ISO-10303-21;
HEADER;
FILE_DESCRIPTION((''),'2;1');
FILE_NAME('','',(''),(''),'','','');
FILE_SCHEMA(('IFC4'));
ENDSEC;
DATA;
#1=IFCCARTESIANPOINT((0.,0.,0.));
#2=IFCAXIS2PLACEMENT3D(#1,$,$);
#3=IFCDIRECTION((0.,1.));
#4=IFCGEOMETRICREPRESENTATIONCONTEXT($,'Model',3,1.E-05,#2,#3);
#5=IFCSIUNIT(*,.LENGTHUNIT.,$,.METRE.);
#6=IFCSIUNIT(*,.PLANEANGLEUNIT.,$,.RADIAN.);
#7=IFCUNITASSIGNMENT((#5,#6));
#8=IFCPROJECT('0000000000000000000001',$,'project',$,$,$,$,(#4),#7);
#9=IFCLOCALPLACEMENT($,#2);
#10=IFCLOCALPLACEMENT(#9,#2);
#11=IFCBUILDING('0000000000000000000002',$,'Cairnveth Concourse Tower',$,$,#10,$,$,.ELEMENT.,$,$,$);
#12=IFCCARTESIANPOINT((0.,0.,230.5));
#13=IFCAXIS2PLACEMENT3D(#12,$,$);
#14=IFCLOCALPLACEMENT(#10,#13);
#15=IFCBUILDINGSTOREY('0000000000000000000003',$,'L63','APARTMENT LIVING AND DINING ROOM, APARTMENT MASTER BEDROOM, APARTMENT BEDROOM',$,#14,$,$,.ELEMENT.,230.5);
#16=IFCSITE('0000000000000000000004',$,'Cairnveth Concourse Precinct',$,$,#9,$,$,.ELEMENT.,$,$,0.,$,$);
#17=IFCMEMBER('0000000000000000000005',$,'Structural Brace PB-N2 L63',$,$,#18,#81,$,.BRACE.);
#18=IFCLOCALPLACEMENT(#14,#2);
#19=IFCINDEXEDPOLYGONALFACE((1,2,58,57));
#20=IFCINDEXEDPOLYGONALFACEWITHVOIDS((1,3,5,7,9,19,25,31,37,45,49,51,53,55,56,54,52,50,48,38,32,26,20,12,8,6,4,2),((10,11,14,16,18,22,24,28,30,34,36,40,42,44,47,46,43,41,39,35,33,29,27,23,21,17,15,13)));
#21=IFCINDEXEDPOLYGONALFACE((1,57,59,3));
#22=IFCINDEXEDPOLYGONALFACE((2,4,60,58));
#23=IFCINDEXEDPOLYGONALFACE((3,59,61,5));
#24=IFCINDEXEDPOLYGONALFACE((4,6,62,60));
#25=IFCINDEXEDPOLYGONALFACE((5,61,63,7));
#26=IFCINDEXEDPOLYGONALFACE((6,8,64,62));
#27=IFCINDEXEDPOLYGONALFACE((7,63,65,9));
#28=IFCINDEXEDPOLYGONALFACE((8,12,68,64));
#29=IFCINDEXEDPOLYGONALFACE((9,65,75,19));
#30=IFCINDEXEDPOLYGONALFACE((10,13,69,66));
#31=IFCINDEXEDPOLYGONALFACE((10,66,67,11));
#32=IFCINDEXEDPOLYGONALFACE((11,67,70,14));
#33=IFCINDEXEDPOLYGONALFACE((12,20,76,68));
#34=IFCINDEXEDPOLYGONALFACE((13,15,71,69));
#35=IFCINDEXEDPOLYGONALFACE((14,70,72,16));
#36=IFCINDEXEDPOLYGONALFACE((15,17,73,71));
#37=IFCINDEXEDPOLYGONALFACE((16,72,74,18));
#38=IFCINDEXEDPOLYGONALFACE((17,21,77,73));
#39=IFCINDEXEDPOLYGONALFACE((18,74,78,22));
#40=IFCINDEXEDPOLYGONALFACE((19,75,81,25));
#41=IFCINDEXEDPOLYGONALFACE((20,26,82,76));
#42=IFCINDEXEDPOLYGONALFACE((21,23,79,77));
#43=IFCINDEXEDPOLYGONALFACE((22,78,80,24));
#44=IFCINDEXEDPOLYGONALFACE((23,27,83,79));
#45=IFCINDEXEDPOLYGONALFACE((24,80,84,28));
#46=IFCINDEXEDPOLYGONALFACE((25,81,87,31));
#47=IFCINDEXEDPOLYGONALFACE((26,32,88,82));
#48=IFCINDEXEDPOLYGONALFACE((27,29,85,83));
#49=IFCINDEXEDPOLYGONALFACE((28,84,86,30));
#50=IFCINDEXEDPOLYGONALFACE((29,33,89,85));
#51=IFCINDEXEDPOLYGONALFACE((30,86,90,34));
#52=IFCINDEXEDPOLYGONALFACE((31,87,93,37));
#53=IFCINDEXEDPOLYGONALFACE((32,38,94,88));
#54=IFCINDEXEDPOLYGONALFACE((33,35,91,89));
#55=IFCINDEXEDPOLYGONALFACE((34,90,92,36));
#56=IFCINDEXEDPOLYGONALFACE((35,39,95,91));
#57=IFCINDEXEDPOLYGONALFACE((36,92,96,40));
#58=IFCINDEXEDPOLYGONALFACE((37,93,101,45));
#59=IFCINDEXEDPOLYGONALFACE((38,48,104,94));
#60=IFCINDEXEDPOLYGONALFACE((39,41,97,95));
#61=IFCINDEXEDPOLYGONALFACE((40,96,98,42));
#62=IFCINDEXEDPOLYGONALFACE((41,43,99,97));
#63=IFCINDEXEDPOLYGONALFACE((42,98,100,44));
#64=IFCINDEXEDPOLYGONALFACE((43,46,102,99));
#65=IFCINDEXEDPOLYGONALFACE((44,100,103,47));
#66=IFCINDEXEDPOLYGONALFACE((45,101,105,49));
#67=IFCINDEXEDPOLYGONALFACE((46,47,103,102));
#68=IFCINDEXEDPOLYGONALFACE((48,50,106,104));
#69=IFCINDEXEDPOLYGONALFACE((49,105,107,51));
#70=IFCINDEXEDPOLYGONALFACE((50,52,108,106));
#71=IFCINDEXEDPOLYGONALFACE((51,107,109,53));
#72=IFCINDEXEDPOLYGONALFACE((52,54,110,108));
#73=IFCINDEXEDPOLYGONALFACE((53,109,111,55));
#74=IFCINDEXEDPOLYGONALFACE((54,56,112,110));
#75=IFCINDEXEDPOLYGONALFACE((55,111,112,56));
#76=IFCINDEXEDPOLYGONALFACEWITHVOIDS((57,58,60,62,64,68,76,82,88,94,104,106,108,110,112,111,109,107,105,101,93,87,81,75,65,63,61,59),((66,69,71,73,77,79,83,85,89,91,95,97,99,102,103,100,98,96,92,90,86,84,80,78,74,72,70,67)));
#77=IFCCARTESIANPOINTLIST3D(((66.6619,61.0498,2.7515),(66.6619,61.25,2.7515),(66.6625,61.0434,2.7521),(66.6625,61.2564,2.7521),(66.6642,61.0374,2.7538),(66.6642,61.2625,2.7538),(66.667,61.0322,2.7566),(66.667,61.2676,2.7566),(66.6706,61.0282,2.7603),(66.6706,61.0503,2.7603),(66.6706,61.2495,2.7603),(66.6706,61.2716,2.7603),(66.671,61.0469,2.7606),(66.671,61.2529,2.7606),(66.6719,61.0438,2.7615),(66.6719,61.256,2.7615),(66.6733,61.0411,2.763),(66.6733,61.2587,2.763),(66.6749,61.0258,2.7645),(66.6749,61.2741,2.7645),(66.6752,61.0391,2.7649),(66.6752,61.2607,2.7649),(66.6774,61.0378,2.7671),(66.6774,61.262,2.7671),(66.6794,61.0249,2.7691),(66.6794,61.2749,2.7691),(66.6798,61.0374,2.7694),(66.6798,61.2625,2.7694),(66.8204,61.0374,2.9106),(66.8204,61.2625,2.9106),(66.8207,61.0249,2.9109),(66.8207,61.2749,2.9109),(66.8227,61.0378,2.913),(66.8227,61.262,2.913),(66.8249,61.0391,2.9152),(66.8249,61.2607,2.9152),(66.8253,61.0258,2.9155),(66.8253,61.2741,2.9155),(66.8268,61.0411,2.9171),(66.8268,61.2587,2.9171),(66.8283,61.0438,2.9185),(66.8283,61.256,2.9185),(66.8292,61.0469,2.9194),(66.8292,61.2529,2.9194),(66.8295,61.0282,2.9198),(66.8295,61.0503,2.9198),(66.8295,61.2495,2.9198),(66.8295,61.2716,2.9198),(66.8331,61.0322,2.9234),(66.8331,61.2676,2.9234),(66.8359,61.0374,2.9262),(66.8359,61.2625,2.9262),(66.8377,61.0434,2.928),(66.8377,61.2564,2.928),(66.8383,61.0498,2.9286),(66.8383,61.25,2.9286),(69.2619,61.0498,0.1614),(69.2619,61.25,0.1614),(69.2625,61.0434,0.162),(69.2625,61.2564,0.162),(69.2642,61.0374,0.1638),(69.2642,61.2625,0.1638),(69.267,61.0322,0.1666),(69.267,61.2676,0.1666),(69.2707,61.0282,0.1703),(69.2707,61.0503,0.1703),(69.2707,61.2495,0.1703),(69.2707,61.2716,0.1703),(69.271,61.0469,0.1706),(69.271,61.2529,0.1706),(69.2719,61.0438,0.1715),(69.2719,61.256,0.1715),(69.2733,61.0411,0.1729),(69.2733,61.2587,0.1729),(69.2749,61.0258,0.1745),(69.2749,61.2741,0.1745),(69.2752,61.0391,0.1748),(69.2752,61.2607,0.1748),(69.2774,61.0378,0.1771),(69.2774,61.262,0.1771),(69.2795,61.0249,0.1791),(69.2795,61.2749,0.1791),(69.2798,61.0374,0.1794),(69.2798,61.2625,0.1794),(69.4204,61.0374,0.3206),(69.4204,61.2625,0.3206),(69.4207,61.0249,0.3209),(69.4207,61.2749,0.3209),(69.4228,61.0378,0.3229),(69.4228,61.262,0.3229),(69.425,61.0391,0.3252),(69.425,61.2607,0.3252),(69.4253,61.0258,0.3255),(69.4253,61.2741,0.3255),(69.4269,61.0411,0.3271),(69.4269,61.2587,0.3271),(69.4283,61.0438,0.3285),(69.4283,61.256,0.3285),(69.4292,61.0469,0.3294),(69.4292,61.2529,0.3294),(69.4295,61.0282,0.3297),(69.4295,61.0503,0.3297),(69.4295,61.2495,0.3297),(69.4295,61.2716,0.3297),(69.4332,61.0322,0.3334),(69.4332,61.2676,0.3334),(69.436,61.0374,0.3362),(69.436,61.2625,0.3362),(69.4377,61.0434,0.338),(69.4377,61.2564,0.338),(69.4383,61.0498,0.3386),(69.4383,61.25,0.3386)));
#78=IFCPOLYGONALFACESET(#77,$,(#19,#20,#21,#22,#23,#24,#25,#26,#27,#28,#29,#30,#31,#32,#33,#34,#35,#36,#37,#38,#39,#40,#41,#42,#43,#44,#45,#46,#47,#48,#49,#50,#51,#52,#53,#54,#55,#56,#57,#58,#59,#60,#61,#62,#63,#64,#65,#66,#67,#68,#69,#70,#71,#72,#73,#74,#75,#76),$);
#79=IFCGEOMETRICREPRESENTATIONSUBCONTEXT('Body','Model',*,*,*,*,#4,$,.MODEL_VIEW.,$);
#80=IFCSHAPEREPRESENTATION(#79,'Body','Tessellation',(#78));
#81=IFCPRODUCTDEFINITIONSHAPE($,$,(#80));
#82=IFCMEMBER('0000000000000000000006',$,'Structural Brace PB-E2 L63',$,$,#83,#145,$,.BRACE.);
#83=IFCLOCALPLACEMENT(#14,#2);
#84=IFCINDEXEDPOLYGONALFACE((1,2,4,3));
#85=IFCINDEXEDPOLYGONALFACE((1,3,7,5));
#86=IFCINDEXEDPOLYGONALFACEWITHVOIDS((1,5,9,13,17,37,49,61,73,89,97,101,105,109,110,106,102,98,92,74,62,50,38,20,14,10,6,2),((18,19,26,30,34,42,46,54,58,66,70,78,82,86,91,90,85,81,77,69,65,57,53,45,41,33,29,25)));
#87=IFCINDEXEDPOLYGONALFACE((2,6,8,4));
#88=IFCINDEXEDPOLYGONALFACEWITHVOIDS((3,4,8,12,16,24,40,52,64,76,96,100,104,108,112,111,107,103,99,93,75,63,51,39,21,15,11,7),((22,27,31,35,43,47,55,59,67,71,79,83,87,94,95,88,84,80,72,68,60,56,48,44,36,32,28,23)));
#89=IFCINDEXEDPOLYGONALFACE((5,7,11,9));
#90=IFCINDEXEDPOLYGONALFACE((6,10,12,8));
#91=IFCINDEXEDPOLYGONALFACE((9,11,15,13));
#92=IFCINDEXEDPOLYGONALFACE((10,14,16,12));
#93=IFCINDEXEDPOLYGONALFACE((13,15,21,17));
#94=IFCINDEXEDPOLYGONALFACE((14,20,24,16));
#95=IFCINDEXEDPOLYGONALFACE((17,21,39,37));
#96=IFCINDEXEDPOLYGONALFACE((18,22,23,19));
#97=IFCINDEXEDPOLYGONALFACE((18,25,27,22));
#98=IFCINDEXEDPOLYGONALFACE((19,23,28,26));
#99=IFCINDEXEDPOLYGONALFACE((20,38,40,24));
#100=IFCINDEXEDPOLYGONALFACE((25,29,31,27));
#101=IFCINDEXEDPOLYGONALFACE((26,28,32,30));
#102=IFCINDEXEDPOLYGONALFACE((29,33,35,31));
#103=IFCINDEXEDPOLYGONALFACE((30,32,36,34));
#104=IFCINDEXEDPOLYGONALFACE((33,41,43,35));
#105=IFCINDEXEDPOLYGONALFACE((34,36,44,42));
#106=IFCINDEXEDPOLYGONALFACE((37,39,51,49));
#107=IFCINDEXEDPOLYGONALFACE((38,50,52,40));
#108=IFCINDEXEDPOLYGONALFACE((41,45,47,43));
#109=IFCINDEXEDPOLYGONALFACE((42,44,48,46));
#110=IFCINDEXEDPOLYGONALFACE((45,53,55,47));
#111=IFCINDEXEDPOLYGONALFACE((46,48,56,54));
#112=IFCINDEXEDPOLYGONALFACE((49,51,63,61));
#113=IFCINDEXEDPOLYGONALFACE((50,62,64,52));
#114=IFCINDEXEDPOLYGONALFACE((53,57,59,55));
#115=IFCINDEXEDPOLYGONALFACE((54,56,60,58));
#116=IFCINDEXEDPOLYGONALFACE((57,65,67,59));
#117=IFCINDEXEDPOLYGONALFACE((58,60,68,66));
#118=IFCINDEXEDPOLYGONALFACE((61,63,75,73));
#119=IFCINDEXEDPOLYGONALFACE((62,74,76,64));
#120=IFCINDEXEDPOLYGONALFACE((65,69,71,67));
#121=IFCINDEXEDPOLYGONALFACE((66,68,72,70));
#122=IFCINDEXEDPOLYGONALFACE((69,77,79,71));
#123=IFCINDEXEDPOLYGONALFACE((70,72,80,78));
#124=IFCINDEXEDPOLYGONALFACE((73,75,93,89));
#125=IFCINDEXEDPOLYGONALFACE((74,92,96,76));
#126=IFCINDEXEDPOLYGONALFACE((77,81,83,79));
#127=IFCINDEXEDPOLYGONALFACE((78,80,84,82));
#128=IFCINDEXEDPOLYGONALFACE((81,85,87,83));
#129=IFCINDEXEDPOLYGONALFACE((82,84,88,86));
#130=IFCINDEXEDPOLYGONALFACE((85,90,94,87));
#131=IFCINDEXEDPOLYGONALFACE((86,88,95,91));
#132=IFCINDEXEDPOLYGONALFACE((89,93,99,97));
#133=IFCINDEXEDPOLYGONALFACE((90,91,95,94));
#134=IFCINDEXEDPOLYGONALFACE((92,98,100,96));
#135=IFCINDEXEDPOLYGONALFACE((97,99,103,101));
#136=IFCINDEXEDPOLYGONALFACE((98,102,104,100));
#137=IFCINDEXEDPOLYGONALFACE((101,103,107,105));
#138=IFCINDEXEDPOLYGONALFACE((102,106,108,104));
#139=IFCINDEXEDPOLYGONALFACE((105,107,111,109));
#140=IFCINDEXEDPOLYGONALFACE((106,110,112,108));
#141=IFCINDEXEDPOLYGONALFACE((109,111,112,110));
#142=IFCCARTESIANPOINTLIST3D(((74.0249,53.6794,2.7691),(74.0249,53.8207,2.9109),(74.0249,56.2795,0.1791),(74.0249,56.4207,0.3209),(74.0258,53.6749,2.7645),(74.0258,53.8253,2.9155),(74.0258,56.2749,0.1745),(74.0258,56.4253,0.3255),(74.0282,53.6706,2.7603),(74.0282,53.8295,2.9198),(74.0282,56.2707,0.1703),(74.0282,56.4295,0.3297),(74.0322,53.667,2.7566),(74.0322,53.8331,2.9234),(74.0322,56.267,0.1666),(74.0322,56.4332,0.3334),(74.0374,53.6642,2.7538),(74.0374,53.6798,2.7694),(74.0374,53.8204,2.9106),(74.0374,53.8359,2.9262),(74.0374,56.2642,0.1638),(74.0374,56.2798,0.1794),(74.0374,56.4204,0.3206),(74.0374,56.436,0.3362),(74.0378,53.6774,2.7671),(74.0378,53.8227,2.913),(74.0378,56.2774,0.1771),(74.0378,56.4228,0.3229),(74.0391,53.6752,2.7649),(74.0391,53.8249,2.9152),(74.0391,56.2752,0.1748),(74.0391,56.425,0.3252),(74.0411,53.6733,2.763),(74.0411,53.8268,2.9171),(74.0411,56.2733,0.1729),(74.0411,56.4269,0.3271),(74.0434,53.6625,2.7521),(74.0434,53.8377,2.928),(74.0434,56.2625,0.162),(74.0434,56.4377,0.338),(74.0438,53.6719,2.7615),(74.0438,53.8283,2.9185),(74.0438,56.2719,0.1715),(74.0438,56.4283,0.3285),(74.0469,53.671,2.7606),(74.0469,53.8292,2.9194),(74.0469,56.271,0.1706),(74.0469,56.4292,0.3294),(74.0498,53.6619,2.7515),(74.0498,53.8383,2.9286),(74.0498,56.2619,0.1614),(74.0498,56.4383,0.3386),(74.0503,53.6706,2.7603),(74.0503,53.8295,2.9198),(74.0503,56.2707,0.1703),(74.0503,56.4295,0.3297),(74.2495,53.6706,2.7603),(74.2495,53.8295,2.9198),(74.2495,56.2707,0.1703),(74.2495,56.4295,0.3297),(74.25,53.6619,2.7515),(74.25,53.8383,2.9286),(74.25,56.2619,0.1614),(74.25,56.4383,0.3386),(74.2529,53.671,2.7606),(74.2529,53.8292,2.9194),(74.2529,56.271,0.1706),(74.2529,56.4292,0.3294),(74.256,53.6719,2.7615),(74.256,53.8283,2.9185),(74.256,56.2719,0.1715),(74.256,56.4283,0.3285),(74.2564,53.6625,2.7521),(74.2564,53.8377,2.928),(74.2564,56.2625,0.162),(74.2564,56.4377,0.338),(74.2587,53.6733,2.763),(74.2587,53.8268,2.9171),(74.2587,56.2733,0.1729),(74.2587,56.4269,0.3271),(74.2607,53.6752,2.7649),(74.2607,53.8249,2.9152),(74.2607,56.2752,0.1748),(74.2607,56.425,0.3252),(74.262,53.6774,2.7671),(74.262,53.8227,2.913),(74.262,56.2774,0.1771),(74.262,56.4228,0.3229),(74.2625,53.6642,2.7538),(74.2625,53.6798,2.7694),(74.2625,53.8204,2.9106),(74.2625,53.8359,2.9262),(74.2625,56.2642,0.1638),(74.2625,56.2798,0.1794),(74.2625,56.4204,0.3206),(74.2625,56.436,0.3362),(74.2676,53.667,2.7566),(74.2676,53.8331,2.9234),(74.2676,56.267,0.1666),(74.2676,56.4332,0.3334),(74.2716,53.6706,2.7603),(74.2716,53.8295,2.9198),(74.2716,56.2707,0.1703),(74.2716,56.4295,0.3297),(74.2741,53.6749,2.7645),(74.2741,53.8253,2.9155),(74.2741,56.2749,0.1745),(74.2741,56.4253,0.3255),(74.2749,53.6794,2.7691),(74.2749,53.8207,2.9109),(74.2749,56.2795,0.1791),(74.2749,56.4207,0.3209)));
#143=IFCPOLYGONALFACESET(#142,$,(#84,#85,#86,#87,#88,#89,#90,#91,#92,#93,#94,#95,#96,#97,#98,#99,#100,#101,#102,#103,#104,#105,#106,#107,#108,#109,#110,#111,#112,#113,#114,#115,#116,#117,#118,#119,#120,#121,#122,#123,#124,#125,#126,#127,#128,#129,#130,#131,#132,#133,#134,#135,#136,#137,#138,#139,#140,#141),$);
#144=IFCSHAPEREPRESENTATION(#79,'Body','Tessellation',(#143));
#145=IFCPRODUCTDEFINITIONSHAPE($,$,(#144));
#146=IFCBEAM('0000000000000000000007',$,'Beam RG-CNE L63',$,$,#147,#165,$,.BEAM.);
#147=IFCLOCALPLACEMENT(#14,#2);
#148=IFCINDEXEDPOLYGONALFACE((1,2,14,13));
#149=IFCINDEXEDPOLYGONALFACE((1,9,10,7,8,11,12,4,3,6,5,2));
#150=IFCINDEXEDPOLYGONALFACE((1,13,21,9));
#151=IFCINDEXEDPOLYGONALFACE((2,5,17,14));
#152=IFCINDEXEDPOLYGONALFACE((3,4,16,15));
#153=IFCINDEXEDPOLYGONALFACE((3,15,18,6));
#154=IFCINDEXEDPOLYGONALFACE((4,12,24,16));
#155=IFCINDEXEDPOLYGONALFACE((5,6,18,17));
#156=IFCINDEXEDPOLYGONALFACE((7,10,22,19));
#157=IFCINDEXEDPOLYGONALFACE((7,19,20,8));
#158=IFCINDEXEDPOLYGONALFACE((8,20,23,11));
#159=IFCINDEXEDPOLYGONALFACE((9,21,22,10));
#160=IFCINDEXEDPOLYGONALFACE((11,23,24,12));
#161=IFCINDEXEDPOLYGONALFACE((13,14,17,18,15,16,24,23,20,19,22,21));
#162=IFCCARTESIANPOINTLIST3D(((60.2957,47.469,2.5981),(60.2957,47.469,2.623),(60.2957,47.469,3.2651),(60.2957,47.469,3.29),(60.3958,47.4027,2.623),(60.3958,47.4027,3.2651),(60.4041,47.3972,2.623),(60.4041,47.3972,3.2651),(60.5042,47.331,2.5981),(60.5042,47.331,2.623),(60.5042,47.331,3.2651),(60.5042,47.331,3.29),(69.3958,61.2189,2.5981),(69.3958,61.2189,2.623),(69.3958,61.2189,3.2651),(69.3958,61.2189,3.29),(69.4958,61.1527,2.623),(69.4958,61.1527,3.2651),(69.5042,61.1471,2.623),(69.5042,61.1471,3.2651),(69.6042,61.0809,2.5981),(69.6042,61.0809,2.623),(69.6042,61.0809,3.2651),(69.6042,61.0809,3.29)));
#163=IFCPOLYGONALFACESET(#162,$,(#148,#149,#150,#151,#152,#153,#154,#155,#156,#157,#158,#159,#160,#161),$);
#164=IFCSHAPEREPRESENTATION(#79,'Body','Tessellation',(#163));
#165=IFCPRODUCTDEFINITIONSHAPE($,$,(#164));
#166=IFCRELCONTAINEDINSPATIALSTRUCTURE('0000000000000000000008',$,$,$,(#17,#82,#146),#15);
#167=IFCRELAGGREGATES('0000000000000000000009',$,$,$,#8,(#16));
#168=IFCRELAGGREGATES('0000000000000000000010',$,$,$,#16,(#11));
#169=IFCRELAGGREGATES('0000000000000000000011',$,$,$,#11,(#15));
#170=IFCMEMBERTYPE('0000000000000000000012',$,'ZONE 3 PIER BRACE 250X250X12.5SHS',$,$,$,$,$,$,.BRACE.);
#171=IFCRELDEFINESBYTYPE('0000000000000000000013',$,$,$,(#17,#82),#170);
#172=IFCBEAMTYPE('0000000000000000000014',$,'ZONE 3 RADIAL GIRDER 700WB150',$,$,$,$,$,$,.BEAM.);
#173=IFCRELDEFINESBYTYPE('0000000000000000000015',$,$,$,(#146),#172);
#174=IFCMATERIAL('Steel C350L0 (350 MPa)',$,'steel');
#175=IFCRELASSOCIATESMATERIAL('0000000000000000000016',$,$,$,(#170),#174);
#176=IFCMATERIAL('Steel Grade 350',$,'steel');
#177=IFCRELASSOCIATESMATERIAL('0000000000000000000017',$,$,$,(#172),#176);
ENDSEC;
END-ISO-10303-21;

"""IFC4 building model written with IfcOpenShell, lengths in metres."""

from ifc_helpers import new_model, si_unit, direction, frame, origin, origin_2d, place, context, subcontext, project, spatial, hollow_rectangle, i_section, extrude, material, material_profile, profile_set, type_object, element, save


model = new_model("IFC4")

# Units and contexts
model_context = context("Model", 3, precision=1e-05, world=origin(), true_north=direction((0.0, 1.0)))
body_context = subcontext(model_context, "Body", "Model", "MODEL_VIEW")
ifc_project = project(units=[si_unit("LENGTHUNIT", "METRE"), si_unit("PLANEANGLEUNIT", "RADIAN")], contexts=[model_context])

# Site, building, storey
site_placement = place(None, origin())
site = spatial("IfcSite", under=ifc_project, at=site_placement, Name="Cairnveth Concourse Precinct", CompositionType="ELEMENT", RefElevation=0.0)
building_placement = place(site_placement, origin())
building = spatial("IfcBuilding", under=site, at=building_placement, Name="Cairnveth Concourse Tower", CompositionType="ELEMENT")
storey_placement = place(building_placement, frame((0.0, 0.0, 230.5)))
storey = spatial("IfcBuildingStorey", under=building, at=storey_placement, Name="L63", Description="APARTMENT LIVING AND DINING ROOM, APARTMENT MASTER BEDROOM, APARTMENT BEDROOM", CompositionType="ELEMENT", Elevation=230.5)

# Shared definitions
ifc_material_1 = material(Name="Steel Grade 350", Category="steel")

# Members
ifc_material_2 = material(Name="Steel C350L0 (350 MPa)", Category="steel")
ifc_material_profile_1 = material_profile(ifc_material_2, hollow_rectangle(XDim=0.25, YDim=0.25, WallThickness=0.0125, InnerFilletRadius=0.0129, OuterFilletRadius=0.0249, at=origin_2d()), Name="250x250x12.5SHS")
ifc_profile_set_1 = profile_set([ifc_material_profile_1], Name="Steel C350L0 (350 MPa)")
member_type = type_object("IfcMemberType", Name="ZONE 3 PIER BRACE 250X250X12.5SHS", PredefinedType="BRACE", material=ifc_profile_set_1)
for number, where, z_axis, x_axis, name in (
    (1, (69.3501, 61.1499, 0.25), (-0.708469, 0.0, 0.705742), (0.0, -1.0, 0.0), "Structural Brace PB-N2 L63"),
    (2, (74.1499, 56.3501, 0.25), (0.0, -0.708469, 0.705742), (1.0, 0.0, 0.0), "Structural Brace PB-E2 L63"),
):
    element("IfcMember", number, at=place(storey_placement, frame(where, z_axis=z_axis, x_axis=x_axis)), inside=storey, type_object=member_type, Name=name, PredefinedType="BRACE", context=body_context, shape_type="SweptSolid", body=[
        extrude(hollow_rectangle(XDim=0.25, YDim=0.25, WallThickness=0.0125, InnerFilletRadius=0.0129, OuterFilletRadius=0.0249, at=origin_2d()), origin(), (0.0, 0.0, 1.0), 3.6699),
    ])

# Beam
ifc_material_profile_2 = material_profile(ifc_material_1, i_section(OverallWidth=0.25, OverallDepth=0.6919, WebThickness=0.01, FlangeThickness=0.0249, at=origin_2d()), Name="700WB150")
ifc_profile_set_2 = profile_set([ifc_material_profile_2], Name="Steel Grade 350")
beam_type_1 = type_object("IfcBeamType", Name="ZONE 3 RADIAL GIRDER 700WB150", PredefinedType="BEAM", material=ifc_profile_set_2)
beam_1_placement = place(storey_placement, frame((69.5, 61.1499, 2.9441), z_axis=(-0.551902, -0.833909, 0.0), x_axis=(0.833909, -0.551902, 0.0)))
element("IfcBeam", 3, at=beam_1_placement, inside=storey, type_object=beam_type_1, Name="Beam RG-CNE L63", PredefinedType="BEAM", context=body_context, shape_type="SweptSolid", body=[
    extrude(i_section(OverallWidth=0.25, OverallDepth=0.6919, WebThickness=0.01, FlangeThickness=0.0249, at=origin_2d()), origin(), (0.0, 0.0, 1.0), 16.4885),
])

save(model, "model.ifc")
